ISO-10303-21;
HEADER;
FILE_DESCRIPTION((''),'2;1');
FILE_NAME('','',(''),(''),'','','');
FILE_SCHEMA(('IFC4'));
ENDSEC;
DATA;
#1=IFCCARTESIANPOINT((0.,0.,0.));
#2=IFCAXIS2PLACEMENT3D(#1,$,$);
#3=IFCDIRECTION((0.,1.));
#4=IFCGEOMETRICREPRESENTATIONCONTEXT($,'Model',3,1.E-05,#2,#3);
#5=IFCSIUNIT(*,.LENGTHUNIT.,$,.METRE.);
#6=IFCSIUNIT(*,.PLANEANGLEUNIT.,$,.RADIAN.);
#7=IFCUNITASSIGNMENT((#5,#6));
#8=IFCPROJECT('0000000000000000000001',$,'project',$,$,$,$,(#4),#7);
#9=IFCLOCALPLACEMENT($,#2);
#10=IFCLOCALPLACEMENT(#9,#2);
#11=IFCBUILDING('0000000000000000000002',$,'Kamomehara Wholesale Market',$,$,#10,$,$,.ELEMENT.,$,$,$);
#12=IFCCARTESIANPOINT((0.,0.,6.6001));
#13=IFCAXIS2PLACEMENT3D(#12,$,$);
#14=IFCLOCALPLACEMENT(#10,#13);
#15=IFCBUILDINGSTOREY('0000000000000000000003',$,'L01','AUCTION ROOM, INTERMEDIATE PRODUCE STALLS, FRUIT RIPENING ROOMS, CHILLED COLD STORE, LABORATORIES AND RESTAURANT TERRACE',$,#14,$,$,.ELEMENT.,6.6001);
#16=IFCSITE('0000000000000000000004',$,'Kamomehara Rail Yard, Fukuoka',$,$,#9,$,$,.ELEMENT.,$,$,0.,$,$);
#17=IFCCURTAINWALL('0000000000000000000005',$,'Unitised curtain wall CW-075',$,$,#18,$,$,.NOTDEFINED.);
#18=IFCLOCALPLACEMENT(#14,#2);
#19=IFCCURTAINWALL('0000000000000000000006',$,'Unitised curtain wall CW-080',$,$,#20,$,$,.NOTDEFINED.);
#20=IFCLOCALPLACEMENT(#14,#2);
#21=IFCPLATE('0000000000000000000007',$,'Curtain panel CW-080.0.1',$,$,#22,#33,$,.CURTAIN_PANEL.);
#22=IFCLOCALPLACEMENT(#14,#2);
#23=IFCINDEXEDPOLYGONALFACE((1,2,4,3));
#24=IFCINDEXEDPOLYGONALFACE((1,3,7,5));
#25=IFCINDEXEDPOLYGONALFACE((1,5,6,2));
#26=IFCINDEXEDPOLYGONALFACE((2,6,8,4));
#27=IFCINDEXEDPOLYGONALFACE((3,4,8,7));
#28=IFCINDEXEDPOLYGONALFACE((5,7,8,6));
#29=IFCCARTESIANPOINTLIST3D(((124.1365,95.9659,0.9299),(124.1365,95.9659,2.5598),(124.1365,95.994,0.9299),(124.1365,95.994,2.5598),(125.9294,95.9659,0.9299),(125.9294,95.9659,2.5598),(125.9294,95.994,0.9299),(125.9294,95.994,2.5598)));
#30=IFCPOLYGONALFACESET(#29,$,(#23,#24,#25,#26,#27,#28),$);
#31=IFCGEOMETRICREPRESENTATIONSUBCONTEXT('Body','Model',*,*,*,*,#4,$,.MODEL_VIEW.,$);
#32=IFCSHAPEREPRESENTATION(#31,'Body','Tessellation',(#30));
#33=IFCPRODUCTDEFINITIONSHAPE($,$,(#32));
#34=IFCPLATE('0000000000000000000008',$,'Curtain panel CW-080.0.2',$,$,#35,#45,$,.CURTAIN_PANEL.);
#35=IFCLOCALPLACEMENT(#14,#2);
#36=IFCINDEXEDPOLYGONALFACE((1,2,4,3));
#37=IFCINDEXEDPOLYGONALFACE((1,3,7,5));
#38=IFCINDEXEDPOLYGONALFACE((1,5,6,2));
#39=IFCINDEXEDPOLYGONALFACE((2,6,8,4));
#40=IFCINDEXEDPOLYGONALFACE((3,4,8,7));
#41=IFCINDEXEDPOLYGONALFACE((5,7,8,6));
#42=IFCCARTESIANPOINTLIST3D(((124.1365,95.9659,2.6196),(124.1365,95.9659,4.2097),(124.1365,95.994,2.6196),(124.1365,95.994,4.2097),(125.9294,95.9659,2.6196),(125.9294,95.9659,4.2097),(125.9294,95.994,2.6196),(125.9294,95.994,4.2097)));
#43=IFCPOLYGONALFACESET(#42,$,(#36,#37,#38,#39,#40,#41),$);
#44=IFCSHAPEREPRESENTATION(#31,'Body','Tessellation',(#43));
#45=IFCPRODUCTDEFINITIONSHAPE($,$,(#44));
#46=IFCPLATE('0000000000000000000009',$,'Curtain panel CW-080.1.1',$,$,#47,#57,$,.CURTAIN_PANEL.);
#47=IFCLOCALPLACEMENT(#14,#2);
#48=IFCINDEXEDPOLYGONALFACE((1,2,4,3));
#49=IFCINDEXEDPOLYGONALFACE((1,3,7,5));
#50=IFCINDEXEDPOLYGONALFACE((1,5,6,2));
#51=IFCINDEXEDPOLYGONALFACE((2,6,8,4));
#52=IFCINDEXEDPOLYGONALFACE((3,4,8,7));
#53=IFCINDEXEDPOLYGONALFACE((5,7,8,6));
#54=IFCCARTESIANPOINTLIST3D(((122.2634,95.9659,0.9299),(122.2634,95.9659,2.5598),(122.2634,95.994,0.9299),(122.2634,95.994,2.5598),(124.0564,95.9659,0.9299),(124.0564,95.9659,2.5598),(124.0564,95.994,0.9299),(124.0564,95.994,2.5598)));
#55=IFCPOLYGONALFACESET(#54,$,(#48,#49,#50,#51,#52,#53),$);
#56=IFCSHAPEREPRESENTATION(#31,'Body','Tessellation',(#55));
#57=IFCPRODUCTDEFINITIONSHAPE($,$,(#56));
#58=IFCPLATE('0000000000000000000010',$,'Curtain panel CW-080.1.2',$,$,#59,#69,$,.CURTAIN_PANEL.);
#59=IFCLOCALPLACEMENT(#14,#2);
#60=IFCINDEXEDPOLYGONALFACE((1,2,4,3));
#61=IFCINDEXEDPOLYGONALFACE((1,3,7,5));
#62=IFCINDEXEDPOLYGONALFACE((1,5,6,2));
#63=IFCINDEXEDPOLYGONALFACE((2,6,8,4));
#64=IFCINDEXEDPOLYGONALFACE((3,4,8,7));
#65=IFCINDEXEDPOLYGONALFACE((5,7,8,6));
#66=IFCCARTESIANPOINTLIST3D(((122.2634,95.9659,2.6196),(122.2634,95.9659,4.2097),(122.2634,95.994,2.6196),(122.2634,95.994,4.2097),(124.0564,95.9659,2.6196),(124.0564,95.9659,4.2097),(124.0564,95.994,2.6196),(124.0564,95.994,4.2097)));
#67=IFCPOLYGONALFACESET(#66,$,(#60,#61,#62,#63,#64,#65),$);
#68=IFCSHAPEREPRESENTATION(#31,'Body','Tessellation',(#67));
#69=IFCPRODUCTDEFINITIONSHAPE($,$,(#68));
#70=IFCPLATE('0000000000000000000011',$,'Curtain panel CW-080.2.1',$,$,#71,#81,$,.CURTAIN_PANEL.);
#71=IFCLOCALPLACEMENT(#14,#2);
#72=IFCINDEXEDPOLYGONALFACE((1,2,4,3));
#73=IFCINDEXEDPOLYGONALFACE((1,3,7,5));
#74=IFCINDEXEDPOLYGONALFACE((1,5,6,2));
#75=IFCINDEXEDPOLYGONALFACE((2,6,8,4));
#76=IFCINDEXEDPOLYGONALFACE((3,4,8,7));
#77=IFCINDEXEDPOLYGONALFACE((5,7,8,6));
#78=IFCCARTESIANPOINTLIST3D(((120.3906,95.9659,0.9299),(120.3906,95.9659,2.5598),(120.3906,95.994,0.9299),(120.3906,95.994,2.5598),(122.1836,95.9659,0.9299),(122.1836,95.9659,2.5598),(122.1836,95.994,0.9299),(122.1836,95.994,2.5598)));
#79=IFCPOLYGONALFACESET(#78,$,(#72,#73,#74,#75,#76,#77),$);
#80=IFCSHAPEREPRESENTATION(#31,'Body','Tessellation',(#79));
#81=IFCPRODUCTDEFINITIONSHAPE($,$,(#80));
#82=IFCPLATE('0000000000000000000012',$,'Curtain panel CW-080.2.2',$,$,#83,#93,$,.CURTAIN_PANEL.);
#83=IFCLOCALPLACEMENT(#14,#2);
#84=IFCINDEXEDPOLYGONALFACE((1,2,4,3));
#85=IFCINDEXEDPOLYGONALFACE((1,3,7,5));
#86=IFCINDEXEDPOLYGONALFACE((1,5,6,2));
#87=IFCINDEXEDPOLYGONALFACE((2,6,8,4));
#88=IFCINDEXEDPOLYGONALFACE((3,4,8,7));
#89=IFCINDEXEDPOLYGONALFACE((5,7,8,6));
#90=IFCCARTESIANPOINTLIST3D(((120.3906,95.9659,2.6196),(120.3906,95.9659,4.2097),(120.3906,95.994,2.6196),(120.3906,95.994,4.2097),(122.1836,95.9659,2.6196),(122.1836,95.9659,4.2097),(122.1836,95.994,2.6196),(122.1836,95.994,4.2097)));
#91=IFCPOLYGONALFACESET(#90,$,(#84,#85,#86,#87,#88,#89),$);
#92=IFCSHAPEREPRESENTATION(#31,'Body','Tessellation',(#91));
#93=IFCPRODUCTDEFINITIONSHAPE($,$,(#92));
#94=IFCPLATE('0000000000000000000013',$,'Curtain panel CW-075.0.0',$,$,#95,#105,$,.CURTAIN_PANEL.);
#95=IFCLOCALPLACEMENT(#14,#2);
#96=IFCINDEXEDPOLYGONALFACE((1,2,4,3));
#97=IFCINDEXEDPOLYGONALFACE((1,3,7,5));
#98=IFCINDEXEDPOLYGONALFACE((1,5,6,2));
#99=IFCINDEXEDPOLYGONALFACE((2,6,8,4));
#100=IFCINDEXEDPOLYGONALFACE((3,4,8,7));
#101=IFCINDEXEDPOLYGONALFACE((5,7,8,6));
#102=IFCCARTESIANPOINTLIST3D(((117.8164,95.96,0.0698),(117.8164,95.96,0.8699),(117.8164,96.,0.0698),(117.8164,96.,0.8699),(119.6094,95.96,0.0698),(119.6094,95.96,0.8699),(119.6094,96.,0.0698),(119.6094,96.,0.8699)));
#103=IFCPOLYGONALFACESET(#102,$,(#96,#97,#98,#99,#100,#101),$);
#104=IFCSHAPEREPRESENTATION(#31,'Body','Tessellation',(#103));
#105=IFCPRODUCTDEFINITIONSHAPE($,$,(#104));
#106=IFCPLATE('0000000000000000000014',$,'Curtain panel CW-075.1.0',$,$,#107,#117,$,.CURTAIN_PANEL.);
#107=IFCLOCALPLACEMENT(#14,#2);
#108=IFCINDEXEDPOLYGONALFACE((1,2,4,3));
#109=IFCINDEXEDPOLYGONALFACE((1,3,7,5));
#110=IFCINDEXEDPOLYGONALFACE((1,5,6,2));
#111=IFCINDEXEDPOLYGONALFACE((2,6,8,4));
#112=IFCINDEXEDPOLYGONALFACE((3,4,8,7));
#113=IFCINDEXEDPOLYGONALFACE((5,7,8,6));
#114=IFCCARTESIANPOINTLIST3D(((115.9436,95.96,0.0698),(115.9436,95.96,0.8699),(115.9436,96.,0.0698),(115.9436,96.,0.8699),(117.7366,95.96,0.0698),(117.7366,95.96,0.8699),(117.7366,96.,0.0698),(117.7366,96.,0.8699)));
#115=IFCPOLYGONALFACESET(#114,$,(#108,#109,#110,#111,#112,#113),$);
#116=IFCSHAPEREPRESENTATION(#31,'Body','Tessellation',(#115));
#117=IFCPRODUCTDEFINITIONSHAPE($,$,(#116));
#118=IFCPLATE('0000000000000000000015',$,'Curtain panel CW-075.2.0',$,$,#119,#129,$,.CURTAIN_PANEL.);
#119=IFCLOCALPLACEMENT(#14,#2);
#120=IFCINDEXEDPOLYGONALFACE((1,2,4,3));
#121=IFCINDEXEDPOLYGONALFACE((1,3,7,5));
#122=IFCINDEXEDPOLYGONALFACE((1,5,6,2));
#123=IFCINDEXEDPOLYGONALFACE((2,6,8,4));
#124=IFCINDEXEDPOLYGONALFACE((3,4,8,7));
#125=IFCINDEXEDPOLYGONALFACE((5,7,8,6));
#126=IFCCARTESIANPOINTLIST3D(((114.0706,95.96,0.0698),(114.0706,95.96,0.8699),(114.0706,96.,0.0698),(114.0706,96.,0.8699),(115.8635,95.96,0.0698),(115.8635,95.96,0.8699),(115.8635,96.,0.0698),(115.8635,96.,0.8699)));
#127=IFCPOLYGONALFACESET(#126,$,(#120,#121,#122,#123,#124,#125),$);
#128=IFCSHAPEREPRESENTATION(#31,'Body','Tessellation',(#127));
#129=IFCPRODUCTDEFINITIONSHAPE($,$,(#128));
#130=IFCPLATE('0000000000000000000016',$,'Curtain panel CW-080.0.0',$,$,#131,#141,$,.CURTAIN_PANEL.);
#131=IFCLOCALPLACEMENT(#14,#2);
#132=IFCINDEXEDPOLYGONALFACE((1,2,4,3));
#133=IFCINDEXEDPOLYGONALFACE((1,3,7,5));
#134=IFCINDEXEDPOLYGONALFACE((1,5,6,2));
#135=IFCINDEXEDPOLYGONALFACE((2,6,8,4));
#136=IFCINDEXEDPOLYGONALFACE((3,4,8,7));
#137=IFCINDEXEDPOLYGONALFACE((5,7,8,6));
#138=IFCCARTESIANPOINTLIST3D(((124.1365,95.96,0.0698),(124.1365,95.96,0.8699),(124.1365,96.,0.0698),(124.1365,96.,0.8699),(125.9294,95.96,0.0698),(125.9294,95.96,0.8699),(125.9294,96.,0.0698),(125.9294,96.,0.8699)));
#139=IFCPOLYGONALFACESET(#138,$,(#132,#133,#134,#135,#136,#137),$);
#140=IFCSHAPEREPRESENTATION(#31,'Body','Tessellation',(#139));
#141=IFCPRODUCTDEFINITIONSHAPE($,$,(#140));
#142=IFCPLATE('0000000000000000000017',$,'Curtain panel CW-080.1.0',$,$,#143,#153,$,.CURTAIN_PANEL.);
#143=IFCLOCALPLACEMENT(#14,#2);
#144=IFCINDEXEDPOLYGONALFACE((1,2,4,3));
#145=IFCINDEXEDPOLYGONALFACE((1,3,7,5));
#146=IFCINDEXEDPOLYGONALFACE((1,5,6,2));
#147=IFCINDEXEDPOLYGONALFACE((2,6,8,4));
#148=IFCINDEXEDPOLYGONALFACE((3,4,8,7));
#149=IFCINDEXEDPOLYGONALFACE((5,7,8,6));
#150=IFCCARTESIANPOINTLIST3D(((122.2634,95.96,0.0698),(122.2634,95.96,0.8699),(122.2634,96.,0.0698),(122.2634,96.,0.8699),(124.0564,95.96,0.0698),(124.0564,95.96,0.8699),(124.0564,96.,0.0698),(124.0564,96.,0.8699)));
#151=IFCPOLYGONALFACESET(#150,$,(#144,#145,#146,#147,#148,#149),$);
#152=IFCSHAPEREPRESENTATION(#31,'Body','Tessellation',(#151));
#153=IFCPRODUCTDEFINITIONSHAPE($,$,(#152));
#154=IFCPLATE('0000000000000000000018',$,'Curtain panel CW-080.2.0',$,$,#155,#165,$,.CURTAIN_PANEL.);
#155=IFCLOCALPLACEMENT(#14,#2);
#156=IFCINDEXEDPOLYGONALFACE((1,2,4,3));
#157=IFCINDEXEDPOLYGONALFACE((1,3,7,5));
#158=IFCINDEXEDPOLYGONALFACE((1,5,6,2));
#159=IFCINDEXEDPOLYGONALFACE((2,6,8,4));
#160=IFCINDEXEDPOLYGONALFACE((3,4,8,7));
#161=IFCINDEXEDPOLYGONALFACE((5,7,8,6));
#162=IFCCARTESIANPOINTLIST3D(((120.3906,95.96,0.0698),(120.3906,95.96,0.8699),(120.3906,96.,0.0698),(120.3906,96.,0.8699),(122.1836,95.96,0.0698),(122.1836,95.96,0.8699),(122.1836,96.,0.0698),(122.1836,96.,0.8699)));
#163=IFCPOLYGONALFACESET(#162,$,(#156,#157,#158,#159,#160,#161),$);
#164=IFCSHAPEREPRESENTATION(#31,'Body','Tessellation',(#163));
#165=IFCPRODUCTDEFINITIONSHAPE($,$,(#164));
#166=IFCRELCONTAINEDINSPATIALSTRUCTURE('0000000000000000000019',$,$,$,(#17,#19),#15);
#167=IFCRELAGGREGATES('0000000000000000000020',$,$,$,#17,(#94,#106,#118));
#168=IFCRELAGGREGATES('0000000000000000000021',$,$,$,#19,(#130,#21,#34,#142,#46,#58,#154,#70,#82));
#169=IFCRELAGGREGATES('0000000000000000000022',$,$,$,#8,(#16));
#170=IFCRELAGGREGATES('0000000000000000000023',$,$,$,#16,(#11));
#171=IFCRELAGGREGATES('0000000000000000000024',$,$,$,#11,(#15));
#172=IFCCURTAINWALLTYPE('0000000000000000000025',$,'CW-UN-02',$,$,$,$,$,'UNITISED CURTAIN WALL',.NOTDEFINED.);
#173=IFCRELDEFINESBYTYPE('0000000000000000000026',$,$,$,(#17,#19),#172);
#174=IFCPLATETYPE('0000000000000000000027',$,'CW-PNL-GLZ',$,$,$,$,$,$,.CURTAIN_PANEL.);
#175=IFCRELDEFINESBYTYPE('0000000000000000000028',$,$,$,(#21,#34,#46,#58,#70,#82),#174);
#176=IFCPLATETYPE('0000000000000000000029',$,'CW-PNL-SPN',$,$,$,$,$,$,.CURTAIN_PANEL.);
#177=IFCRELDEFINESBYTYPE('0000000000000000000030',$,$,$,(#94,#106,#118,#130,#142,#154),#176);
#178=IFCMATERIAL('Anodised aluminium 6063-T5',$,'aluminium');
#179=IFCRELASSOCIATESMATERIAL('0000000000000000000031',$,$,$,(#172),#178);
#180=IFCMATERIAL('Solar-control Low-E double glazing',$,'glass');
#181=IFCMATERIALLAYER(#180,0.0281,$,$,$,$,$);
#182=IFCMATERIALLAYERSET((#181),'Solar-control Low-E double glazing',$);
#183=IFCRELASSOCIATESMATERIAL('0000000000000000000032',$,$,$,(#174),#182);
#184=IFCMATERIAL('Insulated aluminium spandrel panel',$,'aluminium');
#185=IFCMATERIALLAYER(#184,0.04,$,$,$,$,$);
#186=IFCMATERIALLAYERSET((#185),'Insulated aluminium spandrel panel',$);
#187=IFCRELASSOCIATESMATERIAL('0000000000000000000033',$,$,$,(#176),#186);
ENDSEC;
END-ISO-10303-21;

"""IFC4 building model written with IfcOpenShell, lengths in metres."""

from ifc_helpers import new_model, si_unit, direction, frame, origin, origin_2d, place, context, subcontext, project, spatial, rectangle, extrude, material, layer, layer_set, type_object, element, aggregate, save


model = new_model("IFC4")

# Units and contexts
model_context = context("Model", 3, precision=1e-05, world=origin(), true_north=direction((0.0, 1.0)))
body_context = subcontext(model_context, "Body", "Model", "MODEL_VIEW")
ifc_project = project(units=[si_unit("LENGTHUNIT", "METRE"), si_unit("PLANEANGLEUNIT", "RADIAN")], contexts=[model_context])

# Site, building, storey
site_placement = place(None, origin())
site = spatial("IfcSite", under=ifc_project, at=site_placement, Name="Kamomehara Rail Yard, Fukuoka", CompositionType="ELEMENT", RefElevation=0.0)
building_placement = place(site_placement, origin())
building = spatial("IfcBuilding", under=site, at=building_placement, Name="Kamomehara Wholesale Market", CompositionType="ELEMENT")
storey_placement = place(building_placement, frame((0.0, 0.0, 6.6001)))
storey = spatial("IfcBuildingStorey", under=building, at=storey_placement, Name="L01", Description="AUCTION ROOM, INTERMEDIATE PRODUCE STALLS, FRUIT RIPENING ROOMS, CHILLED COLD STORE, LABORATORIES AND RESTAURANT TERRACE", CompositionType="ELEMENT", Elevation=6.6001)

# Curtain wall
ifc_material_1 = material(Name="Anodised aluminium 6063-T5", Category="aluminium")
curtain_wall_type = type_object("IfcCurtainWallType", Name="CW-UN-02", ElementType="UNITISED CURTAIN WALL", PredefinedType="NOTDEFINED", material=ifc_material_1)
curtain_wall_1_placement = place(storey_placement, origin())
curtain_wall_1 = element("IfcCurtainWall", 1, at=curtain_wall_1_placement, inside=storey, type_object=curtain_wall_type, Name="Unitised curtain wall CW-075", PredefinedType="NOTDEFINED")

# Shared definitions
ifc_material_2 = material(Name="Solar-control Low-E double glazing", Category="glass")
ifc_layer_1 = layer(ifc_material_2, 0.0281)
ifc_layer_set_1 = layer_set([ifc_layer_1], Name="Solar-control Low-E double glazing")
plate_type_1 = type_object("IfcPlateType", Name="CW-PNL-GLZ", PredefinedType="CURTAIN_PANEL", material=ifc_layer_set_1)

# Curtain wall, plates
curtain_wall_2_placement = place(storey_placement, origin())
curtain_wall_2 = element("IfcCurtainWall", 2, at=curtain_wall_2_placement, inside=storey, type_object=curtain_wall_type, Name="Unitised curtain wall CW-080", PredefinedType="NOTDEFINED")
plate_1_placement = place(storey_placement, frame((125.033, 95.98, 0.9299), z_axis=(0.0, 0.0, 1.0), x_axis=(-1.0, 0.0, 0.0)))
plate_1 = element("IfcPlate", 3, at=plate_1_placement, type_object=plate_type_1, Name="Curtain panel CW-080.0.1", PredefinedType="CURTAIN_PANEL", context=body_context, shape_type="SweptSolid", body=[
    extrude(rectangle(XDim=1.793, YDim=0.0281, at=origin_2d()), origin(), (0.0, 0.0, 1.0), 1.6299),
])
plate_2_placement = place(storey_placement, frame((125.033, 95.98, 2.6196), z_axis=(0.0, 0.0, 1.0), x_axis=(-1.0, 0.0, 0.0)))
plate_2 = element("IfcPlate", 4, at=plate_2_placement, type_object=plate_type_1, Name="Curtain panel CW-080.0.2", PredefinedType="CURTAIN_PANEL", context=body_context, shape_type="SweptSolid", body=[
    extrude(rectangle(XDim=1.793, YDim=0.0281, at=origin_2d()), origin(), (0.0, 0.0, 1.0), 1.5901),
])
plate_3_placement = place(storey_placement, frame((123.1599, 95.98, 0.9299), z_axis=(0.0, 0.0, 1.0), x_axis=(-1.0, 0.0, 0.0)))
plate_3 = element("IfcPlate", 5, at=plate_3_placement, type_object=plate_type_1, Name="Curtain panel CW-080.1.1", PredefinedType="CURTAIN_PANEL", context=body_context, shape_type="SweptSolid", body=[
    extrude(rectangle(XDim=1.793, YDim=0.0281, at=origin_2d()), origin(), (0.0, 0.0, 1.0), 1.6299),
])
plate_4_placement = place(storey_placement, frame((123.1599, 95.98, 2.6196), z_axis=(0.0, 0.0, 1.0), x_axis=(-1.0, 0.0, 0.0)))
plate_4 = element("IfcPlate", 6, at=plate_4_placement, type_object=plate_type_1, Name="Curtain panel CW-080.1.2", PredefinedType="CURTAIN_PANEL", context=body_context, shape_type="SweptSolid", body=[
    extrude(rectangle(XDim=1.793, YDim=0.0281, at=origin_2d()), origin(), (0.0, 0.0, 1.0), 1.5901),
])
plate_5_placement = place(storey_placement, frame((121.2871, 95.98, 0.9299), z_axis=(0.0, 0.0, 1.0), x_axis=(-1.0, 0.0, 0.0)))
plate_5 = element("IfcPlate", 7, at=plate_5_placement, type_object=plate_type_1, Name="Curtain panel CW-080.2.1", PredefinedType="CURTAIN_PANEL", context=body_context, shape_type="SweptSolid", body=[
    extrude(rectangle(XDim=1.793, YDim=0.0281, at=origin_2d()), origin(), (0.0, 0.0, 1.0), 1.6299),
])
plate_6_placement = place(storey_placement, frame((121.2871, 95.98, 2.6196), z_axis=(0.0, 0.0, 1.0), x_axis=(-1.0, 0.0, 0.0)))
plate_6 = element("IfcPlate", 8, at=plate_6_placement, type_object=plate_type_1, Name="Curtain panel CW-080.2.2", PredefinedType="CURTAIN_PANEL", context=body_context, shape_type="SweptSolid", body=[
    extrude(rectangle(XDim=1.793, YDim=0.0281, at=origin_2d()), origin(), (0.0, 0.0, 1.0), 1.5901),
])

# Plates
ifc_material_3 = material(Name="Insulated aluminium spandrel panel", Category="aluminium")
ifc_layer_2 = layer(ifc_material_3, 0.04)
ifc_layer_set_2 = layer_set([ifc_layer_2], Name="Insulated aluminium spandrel panel")
plate_type_2 = type_object("IfcPlateType", Name="CW-PNL-SPN", PredefinedType="CURTAIN_PANEL", material=ifc_layer_set_2)
plate_7_placement = place(storey_placement, frame((118.7129, 95.98, 0.0698), z_axis=(0.0, 0.0, 1.0), x_axis=(-1.0, 0.0, 0.0)))
plate_7 = element("IfcPlate", 9, at=plate_7_placement, type_object=plate_type_2, Name="Curtain panel CW-075.0.0", PredefinedType="CURTAIN_PANEL", context=body_context, shape_type="SweptSolid", body=[
    extrude(rectangle(XDim=1.793, YDim=0.04, at=origin_2d()), origin(), (0.0, 0.0, 1.0), 0.8),
])
plate_8_placement = place(storey_placement, frame((116.8401, 95.98, 0.0698), z_axis=(0.0, 0.0, 1.0), x_axis=(-1.0, 0.0, 0.0)))
plate_8 = element("IfcPlate", 10, at=plate_8_placement, type_object=plate_type_2, Name="Curtain panel CW-075.1.0", PredefinedType="CURTAIN_PANEL", context=body_context, shape_type="SweptSolid", body=[
    extrude(rectangle(XDim=1.793, YDim=0.04, at=origin_2d()), origin(), (0.0, 0.0, 1.0), 0.8),
])
plate_9_placement = place(storey_placement, frame((114.967, 95.98, 0.0698), z_axis=(0.0, 0.0, 1.0), x_axis=(-1.0, 0.0, 0.0)))
plate_9 = element("IfcPlate", 11, at=plate_9_placement, type_object=plate_type_2, Name="Curtain panel CW-075.2.0", PredefinedType="CURTAIN_PANEL", context=body_context, shape_type="SweptSolid", body=[
    extrude(rectangle(XDim=1.793, YDim=0.04, at=origin_2d()), origin(), (0.0, 0.0, 1.0), 0.8),
])
aggregate(curtain_wall_1, [plate_7, plate_8, plate_9])
plate_10_placement = place(storey_placement, frame((125.033, 95.98, 0.0698), z_axis=(0.0, 0.0, 1.0), x_axis=(-1.0, 0.0, 0.0)))
plate_10 = element("IfcPlate", 12, at=plate_10_placement, type_object=plate_type_2, Name="Curtain panel CW-080.0.0", PredefinedType="CURTAIN_PANEL", context=body_context, shape_type="SweptSolid", body=[
    extrude(rectangle(XDim=1.793, YDim=0.04, at=origin_2d()), origin(), (0.0, 0.0, 1.0), 0.8),
])
plate_11_placement = place(storey_placement, frame((123.1599, 95.98, 0.0698), z_axis=(0.0, 0.0, 1.0), x_axis=(-1.0, 0.0, 0.0)))
plate_11 = element("IfcPlate", 13, at=plate_11_placement, type_object=plate_type_2, Name="Curtain panel CW-080.1.0", PredefinedType="CURTAIN_PANEL", context=body_context, shape_type="SweptSolid", body=[
    extrude(rectangle(XDim=1.793, YDim=0.04, at=origin_2d()), origin(), (0.0, 0.0, 1.0), 0.8),
])
plate_12_placement = place(storey_placement, frame((121.2871, 95.98, 0.0698), z_axis=(0.0, 0.0, 1.0), x_axis=(-1.0, 0.0, 0.0)))
plate_12 = element("IfcPlate", 14, at=plate_12_placement, type_object=plate_type_2, Name="Curtain panel CW-080.2.0", PredefinedType="CURTAIN_PANEL", context=body_context, shape_type="SweptSolid", body=[
    extrude(rectangle(XDim=1.793, YDim=0.04, at=origin_2d()), origin(), (0.0, 0.0, 1.0), 0.8),
])
aggregate(curtain_wall_2, [plate_10, plate_1, plate_2, plate_11, plate_3, plate_4, plate_12, plate_5, plate_6])

save(model, "model.ifc")
